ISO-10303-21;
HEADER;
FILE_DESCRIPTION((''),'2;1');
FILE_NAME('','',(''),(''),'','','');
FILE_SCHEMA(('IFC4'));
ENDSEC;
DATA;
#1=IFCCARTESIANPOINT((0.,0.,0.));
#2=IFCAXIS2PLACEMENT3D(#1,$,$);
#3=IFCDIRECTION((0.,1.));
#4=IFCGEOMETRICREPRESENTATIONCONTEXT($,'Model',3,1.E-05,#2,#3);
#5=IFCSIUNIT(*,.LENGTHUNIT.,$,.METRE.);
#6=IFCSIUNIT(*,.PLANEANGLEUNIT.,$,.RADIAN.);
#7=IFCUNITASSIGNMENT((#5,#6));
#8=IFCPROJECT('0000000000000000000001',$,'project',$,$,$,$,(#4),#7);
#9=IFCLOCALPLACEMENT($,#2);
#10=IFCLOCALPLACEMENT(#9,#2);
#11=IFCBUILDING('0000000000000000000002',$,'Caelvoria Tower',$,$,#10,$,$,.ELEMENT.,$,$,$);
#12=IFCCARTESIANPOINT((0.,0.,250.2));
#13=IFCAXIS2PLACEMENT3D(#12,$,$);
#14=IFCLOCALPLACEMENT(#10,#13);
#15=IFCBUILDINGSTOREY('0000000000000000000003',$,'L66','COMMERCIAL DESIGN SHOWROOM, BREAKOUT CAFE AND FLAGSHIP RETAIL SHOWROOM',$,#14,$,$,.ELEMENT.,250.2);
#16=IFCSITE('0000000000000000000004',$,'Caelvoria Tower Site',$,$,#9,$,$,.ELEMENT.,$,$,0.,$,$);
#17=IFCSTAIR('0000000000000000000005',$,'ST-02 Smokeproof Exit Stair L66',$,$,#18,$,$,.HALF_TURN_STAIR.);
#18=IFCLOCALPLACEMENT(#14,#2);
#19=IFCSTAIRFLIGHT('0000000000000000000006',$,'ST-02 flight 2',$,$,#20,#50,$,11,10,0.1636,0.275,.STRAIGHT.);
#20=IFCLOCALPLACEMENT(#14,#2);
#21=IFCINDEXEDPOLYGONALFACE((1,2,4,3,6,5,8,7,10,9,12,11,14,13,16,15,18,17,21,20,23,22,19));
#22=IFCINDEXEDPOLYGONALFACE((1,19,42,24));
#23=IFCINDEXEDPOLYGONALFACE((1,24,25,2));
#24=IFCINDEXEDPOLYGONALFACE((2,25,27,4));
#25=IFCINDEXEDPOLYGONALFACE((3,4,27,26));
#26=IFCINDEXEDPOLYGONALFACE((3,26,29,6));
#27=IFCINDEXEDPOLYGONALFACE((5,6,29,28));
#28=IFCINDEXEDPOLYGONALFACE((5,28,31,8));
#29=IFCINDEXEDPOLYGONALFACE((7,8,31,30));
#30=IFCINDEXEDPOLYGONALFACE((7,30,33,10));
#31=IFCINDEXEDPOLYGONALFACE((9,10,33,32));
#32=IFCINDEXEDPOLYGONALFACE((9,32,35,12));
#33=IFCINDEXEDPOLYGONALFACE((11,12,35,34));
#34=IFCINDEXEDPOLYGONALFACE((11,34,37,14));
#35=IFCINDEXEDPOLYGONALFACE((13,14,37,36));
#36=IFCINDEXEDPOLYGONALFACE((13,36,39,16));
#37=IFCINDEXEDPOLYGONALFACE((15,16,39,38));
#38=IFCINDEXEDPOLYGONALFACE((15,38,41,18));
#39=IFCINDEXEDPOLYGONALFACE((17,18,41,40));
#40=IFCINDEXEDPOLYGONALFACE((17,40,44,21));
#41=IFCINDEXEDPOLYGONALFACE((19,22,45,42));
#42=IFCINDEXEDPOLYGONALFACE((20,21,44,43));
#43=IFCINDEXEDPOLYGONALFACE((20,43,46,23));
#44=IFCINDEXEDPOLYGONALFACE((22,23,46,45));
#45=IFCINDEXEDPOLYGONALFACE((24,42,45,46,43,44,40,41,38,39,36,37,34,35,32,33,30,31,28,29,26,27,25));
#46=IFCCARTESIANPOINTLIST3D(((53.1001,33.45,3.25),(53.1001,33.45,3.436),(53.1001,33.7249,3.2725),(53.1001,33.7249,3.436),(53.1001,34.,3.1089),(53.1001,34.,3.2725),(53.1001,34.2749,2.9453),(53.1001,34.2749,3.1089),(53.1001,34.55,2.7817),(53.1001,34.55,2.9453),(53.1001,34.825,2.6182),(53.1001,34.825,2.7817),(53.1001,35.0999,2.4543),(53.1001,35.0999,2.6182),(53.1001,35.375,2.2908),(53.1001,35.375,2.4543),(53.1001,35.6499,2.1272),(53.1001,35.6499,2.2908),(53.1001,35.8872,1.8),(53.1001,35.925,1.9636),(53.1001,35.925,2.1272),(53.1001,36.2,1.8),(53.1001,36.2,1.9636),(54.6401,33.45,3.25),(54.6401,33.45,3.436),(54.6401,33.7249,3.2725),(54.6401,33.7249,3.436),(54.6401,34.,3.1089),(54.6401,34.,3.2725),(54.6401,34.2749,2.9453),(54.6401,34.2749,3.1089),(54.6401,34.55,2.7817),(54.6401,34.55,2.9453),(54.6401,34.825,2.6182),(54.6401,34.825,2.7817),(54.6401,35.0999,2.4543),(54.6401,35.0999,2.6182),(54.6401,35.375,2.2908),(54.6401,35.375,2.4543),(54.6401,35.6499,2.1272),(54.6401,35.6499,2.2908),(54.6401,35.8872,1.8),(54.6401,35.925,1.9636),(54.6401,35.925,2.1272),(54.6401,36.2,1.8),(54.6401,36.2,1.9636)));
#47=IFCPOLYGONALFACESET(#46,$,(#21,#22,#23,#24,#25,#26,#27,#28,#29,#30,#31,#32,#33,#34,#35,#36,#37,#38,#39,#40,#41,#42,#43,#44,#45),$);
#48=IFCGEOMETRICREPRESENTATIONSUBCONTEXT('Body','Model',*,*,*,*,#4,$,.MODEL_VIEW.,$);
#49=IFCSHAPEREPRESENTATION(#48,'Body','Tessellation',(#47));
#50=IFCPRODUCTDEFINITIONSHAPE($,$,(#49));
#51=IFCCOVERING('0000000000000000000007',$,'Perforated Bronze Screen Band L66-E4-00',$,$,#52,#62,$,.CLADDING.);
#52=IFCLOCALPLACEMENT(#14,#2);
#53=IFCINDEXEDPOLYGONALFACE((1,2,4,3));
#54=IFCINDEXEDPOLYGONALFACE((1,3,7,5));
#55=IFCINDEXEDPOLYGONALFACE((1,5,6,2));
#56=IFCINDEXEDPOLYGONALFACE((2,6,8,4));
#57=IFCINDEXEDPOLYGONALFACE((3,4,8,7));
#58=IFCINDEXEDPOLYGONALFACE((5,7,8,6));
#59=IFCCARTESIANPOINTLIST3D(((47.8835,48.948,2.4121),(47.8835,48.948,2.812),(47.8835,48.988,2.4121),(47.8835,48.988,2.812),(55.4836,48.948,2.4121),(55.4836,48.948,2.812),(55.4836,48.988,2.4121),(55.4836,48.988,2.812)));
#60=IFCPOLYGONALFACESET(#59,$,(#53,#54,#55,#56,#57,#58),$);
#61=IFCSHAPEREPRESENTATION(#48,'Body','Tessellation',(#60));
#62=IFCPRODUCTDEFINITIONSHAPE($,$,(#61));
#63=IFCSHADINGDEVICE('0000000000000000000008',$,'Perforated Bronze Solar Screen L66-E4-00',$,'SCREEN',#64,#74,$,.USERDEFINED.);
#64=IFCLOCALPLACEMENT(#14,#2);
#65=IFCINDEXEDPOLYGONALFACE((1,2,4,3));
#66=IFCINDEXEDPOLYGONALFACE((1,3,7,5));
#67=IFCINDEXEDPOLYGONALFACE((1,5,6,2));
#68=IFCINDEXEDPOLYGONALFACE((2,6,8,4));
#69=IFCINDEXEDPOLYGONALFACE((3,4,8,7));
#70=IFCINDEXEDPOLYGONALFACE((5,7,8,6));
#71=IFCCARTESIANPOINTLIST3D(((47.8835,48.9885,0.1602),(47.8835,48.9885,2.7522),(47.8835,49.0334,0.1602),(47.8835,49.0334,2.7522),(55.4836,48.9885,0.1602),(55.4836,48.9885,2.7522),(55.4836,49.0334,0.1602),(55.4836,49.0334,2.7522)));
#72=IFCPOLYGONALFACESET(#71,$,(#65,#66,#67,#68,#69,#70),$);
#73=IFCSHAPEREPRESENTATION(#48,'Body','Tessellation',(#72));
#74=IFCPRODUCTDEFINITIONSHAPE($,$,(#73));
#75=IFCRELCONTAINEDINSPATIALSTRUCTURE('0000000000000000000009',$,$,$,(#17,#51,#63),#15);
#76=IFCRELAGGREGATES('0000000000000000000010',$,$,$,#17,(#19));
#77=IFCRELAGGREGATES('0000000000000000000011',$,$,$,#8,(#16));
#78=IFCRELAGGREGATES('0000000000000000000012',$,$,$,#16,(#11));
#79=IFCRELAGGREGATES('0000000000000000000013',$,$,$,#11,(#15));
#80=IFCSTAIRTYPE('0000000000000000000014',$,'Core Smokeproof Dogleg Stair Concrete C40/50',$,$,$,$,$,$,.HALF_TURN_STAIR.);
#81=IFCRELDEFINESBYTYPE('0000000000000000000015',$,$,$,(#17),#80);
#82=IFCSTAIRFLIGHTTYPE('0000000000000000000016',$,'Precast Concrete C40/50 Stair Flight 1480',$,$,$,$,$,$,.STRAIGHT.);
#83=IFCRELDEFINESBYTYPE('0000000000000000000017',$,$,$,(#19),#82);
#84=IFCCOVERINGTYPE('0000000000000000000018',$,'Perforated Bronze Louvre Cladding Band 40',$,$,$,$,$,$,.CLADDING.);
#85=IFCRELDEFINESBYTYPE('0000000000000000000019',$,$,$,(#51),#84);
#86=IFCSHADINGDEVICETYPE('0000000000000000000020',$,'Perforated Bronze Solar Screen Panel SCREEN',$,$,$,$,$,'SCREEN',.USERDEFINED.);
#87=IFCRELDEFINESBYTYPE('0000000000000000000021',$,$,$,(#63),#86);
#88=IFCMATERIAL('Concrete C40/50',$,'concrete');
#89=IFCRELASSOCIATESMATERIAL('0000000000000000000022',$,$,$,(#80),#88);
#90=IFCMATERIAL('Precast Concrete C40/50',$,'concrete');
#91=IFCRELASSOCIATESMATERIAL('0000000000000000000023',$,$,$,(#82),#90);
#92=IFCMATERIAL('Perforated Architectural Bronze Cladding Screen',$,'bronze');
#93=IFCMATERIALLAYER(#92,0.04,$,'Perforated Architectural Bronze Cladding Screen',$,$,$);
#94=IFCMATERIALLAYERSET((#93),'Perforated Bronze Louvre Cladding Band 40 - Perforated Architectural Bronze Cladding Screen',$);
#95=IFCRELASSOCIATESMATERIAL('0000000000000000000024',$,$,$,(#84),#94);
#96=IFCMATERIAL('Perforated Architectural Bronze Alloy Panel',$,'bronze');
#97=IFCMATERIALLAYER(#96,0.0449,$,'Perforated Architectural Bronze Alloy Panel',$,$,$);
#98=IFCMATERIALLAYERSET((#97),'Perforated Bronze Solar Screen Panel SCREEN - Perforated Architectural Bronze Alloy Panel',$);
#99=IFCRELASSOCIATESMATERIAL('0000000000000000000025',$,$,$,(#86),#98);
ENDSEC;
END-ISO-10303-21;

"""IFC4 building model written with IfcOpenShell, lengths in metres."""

from ifc_helpers import new_model, si_unit, direction, frame, origin, origin_2d, place, context, subcontext, project, spatial, polyline, rectangle, outline, extrude, material, layer, layer_set, type_object, element, aggregate, save


model = new_model("IFC4")

# Units and contexts
model_context = context("Model", 3, precision=1e-05, world=origin(), true_north=direction((0.0, 1.0)))
body_context = subcontext(model_context, "Body", "Model", "MODEL_VIEW")
ifc_project = project(units=[si_unit("LENGTHUNIT", "METRE"), si_unit("PLANEANGLEUNIT", "RADIAN")], contexts=[model_context])

# Site, building, storey
site_placement = place(None, origin())
site = spatial("IfcSite", under=ifc_project, at=site_placement, Name="Caelvoria Tower Site", CompositionType="ELEMENT", RefElevation=0.0)
building_placement = place(site_placement, origin())
building = spatial("IfcBuilding", under=site, at=building_placement, Name="Caelvoria Tower", CompositionType="ELEMENT")
storey_placement = place(building_placement, frame((0.0, 0.0, 250.2)))
storey = spatial("IfcBuildingStorey", under=building, at=storey_placement, Name="L66", Description="COMMERCIAL DESIGN SHOWROOM, BREAKOUT CAFE AND FLAGSHIP RETAIL SHOWROOM", CompositionType="ELEMENT", Elevation=250.2)

# Stair, stair flight
ifc_material_1 = material(Name="Concrete C40/50", Category="concrete")
stair_type = type_object("IfcStairType", Name="Core Smokeproof Dogleg Stair Concrete C40/50", PredefinedType="HALF_TURN_STAIR", material=ifc_material_1)
stair_placement = place(storey_placement, origin())
stair = element("IfcStair", 1, at=stair_placement, inside=storey, type_object=stair_type, Name="ST-02 Smokeproof Exit Stair L66", PredefinedType="HALF_TURN_STAIR")
ifc_material_2 = material(Name="Precast Concrete C40/50", Category="concrete")
stair_flight_type = type_object("IfcStairFlightType", Name="Precast Concrete C40/50 Stair Flight 1480", PredefinedType="STRAIGHT", material=ifc_material_2)
stair_flight_1_placement = place(storey_placement, frame((53.8701, 36.2, 1.8), z_axis=(0.0, 0.0, 1.0), x_axis=(0.0, -1.0, 0.0)))
stair_flight_1 = element("IfcStairFlight", 2, at=stair_flight_1_placement, type_object=stair_flight_type, Name="ST-02 flight 2", NumberOfRisers=11, NumberOfTreads=10, PredefinedType="STRAIGHT", RiserHeight=0.1636, TreadLength=0.275, context=body_context, shape_type="SweptSolid", body=[
    extrude(outline(polyline([(0.0, 0.0), (0.0, 0.1636), (0.2749, 0.1636), (0.2749, 0.3271), (0.55, 0.3271), (0.55, 0.4907), (0.825, 0.4907), (0.825, 0.6543), (1.1001, 0.6543), (1.1001, 0.8181), (1.375, 0.8181), (1.375, 0.9817), (1.6499, 0.9817), (1.6499, 1.1453), (1.925, 1.1453), (1.925, 1.3088), (2.2, 1.3088), (2.2, 1.4724), (2.4751, 1.4724), (2.4751, 1.636), (2.75, 1.636), (2.75, 1.7996), (2.75, 1.45), (0.3127, 0.0), (0.0, 0.0)])), frame((0.0, 0.77, 0.0), z_axis=(0.0, -1.0, 0.0), x_axis=(1.0, 0.0, 0.0)), (0.0, 0.0, 1.0), 1.54),
])
aggregate(stair, [stair_flight_1])

# Covering
ifc_material_3 = material(Name="Perforated Architectural Bronze Cladding Screen", Category="bronze")
ifc_layer_1 = layer(ifc_material_3, 0.04, Name="Perforated Architectural Bronze Cladding Screen")
ifc_layer_set_1 = layer_set([ifc_layer_1], Name="Perforated Bronze Louvre Cladding Band 40 - Perforated Architectural Bronze Cladding Screen")
covering_type = type_object("IfcCoveringType", Name="Perforated Bronze Louvre Cladding Band 40", PredefinedType="CLADDING", material=ifc_layer_set_1)
covering_placement = place(storey_placement, frame((51.6836, 48.968, 2.4121), z_axis=(0.0, 0.0, 1.0), x_axis=(-1.0, 0.0, 0.0)))
element("IfcCovering", 3, at=covering_placement, inside=storey, type_object=covering_type, Name="Perforated Bronze Screen Band L66-E4-00", PredefinedType="CLADDING", context=body_context, shape_type="SweptSolid", body=[
    extrude(rectangle(XDim=7.6001, YDim=0.04, at=origin_2d()), origin(), (0.0, 0.0, 1.0), 0.3999),
])

# Shading device
ifc_material_4 = material(Name="Perforated Architectural Bronze Alloy Panel", Category="bronze")
ifc_layer_2 = layer(ifc_material_4, 0.0449, Name="Perforated Architectural Bronze Alloy Panel")
ifc_layer_set_2 = layer_set([ifc_layer_2], Name="Perforated Bronze Solar Screen Panel SCREEN - Perforated Architectural Bronze Alloy Panel")
shading_device_type = type_object("IfcShadingDeviceType", Name="Perforated Bronze Solar Screen Panel SCREEN", ElementType="SCREEN", PredefinedType="USERDEFINED", material=ifc_layer_set_2)
shading_device_placement = place(storey_placement, frame((51.6836, 49.011, 0.1602), z_axis=(0.0, 0.0, 1.0), x_axis=(-1.0, 0.0, 0.0)))
element("IfcShadingDevice", 4, at=shading_device_placement, inside=storey, type_object=shading_device_type, Name="Perforated Bronze Solar Screen L66-E4-00", ObjectType="SCREEN", PredefinedType="USERDEFINED", context=body_context, shape_type="SweptSolid", body=[
    extrude(rectangle(XDim=7.6001, YDim=0.0449, at=origin_2d()), origin(), (0.0, 0.0, 1.0), 2.592),
])

save(model, "model.ifc")
